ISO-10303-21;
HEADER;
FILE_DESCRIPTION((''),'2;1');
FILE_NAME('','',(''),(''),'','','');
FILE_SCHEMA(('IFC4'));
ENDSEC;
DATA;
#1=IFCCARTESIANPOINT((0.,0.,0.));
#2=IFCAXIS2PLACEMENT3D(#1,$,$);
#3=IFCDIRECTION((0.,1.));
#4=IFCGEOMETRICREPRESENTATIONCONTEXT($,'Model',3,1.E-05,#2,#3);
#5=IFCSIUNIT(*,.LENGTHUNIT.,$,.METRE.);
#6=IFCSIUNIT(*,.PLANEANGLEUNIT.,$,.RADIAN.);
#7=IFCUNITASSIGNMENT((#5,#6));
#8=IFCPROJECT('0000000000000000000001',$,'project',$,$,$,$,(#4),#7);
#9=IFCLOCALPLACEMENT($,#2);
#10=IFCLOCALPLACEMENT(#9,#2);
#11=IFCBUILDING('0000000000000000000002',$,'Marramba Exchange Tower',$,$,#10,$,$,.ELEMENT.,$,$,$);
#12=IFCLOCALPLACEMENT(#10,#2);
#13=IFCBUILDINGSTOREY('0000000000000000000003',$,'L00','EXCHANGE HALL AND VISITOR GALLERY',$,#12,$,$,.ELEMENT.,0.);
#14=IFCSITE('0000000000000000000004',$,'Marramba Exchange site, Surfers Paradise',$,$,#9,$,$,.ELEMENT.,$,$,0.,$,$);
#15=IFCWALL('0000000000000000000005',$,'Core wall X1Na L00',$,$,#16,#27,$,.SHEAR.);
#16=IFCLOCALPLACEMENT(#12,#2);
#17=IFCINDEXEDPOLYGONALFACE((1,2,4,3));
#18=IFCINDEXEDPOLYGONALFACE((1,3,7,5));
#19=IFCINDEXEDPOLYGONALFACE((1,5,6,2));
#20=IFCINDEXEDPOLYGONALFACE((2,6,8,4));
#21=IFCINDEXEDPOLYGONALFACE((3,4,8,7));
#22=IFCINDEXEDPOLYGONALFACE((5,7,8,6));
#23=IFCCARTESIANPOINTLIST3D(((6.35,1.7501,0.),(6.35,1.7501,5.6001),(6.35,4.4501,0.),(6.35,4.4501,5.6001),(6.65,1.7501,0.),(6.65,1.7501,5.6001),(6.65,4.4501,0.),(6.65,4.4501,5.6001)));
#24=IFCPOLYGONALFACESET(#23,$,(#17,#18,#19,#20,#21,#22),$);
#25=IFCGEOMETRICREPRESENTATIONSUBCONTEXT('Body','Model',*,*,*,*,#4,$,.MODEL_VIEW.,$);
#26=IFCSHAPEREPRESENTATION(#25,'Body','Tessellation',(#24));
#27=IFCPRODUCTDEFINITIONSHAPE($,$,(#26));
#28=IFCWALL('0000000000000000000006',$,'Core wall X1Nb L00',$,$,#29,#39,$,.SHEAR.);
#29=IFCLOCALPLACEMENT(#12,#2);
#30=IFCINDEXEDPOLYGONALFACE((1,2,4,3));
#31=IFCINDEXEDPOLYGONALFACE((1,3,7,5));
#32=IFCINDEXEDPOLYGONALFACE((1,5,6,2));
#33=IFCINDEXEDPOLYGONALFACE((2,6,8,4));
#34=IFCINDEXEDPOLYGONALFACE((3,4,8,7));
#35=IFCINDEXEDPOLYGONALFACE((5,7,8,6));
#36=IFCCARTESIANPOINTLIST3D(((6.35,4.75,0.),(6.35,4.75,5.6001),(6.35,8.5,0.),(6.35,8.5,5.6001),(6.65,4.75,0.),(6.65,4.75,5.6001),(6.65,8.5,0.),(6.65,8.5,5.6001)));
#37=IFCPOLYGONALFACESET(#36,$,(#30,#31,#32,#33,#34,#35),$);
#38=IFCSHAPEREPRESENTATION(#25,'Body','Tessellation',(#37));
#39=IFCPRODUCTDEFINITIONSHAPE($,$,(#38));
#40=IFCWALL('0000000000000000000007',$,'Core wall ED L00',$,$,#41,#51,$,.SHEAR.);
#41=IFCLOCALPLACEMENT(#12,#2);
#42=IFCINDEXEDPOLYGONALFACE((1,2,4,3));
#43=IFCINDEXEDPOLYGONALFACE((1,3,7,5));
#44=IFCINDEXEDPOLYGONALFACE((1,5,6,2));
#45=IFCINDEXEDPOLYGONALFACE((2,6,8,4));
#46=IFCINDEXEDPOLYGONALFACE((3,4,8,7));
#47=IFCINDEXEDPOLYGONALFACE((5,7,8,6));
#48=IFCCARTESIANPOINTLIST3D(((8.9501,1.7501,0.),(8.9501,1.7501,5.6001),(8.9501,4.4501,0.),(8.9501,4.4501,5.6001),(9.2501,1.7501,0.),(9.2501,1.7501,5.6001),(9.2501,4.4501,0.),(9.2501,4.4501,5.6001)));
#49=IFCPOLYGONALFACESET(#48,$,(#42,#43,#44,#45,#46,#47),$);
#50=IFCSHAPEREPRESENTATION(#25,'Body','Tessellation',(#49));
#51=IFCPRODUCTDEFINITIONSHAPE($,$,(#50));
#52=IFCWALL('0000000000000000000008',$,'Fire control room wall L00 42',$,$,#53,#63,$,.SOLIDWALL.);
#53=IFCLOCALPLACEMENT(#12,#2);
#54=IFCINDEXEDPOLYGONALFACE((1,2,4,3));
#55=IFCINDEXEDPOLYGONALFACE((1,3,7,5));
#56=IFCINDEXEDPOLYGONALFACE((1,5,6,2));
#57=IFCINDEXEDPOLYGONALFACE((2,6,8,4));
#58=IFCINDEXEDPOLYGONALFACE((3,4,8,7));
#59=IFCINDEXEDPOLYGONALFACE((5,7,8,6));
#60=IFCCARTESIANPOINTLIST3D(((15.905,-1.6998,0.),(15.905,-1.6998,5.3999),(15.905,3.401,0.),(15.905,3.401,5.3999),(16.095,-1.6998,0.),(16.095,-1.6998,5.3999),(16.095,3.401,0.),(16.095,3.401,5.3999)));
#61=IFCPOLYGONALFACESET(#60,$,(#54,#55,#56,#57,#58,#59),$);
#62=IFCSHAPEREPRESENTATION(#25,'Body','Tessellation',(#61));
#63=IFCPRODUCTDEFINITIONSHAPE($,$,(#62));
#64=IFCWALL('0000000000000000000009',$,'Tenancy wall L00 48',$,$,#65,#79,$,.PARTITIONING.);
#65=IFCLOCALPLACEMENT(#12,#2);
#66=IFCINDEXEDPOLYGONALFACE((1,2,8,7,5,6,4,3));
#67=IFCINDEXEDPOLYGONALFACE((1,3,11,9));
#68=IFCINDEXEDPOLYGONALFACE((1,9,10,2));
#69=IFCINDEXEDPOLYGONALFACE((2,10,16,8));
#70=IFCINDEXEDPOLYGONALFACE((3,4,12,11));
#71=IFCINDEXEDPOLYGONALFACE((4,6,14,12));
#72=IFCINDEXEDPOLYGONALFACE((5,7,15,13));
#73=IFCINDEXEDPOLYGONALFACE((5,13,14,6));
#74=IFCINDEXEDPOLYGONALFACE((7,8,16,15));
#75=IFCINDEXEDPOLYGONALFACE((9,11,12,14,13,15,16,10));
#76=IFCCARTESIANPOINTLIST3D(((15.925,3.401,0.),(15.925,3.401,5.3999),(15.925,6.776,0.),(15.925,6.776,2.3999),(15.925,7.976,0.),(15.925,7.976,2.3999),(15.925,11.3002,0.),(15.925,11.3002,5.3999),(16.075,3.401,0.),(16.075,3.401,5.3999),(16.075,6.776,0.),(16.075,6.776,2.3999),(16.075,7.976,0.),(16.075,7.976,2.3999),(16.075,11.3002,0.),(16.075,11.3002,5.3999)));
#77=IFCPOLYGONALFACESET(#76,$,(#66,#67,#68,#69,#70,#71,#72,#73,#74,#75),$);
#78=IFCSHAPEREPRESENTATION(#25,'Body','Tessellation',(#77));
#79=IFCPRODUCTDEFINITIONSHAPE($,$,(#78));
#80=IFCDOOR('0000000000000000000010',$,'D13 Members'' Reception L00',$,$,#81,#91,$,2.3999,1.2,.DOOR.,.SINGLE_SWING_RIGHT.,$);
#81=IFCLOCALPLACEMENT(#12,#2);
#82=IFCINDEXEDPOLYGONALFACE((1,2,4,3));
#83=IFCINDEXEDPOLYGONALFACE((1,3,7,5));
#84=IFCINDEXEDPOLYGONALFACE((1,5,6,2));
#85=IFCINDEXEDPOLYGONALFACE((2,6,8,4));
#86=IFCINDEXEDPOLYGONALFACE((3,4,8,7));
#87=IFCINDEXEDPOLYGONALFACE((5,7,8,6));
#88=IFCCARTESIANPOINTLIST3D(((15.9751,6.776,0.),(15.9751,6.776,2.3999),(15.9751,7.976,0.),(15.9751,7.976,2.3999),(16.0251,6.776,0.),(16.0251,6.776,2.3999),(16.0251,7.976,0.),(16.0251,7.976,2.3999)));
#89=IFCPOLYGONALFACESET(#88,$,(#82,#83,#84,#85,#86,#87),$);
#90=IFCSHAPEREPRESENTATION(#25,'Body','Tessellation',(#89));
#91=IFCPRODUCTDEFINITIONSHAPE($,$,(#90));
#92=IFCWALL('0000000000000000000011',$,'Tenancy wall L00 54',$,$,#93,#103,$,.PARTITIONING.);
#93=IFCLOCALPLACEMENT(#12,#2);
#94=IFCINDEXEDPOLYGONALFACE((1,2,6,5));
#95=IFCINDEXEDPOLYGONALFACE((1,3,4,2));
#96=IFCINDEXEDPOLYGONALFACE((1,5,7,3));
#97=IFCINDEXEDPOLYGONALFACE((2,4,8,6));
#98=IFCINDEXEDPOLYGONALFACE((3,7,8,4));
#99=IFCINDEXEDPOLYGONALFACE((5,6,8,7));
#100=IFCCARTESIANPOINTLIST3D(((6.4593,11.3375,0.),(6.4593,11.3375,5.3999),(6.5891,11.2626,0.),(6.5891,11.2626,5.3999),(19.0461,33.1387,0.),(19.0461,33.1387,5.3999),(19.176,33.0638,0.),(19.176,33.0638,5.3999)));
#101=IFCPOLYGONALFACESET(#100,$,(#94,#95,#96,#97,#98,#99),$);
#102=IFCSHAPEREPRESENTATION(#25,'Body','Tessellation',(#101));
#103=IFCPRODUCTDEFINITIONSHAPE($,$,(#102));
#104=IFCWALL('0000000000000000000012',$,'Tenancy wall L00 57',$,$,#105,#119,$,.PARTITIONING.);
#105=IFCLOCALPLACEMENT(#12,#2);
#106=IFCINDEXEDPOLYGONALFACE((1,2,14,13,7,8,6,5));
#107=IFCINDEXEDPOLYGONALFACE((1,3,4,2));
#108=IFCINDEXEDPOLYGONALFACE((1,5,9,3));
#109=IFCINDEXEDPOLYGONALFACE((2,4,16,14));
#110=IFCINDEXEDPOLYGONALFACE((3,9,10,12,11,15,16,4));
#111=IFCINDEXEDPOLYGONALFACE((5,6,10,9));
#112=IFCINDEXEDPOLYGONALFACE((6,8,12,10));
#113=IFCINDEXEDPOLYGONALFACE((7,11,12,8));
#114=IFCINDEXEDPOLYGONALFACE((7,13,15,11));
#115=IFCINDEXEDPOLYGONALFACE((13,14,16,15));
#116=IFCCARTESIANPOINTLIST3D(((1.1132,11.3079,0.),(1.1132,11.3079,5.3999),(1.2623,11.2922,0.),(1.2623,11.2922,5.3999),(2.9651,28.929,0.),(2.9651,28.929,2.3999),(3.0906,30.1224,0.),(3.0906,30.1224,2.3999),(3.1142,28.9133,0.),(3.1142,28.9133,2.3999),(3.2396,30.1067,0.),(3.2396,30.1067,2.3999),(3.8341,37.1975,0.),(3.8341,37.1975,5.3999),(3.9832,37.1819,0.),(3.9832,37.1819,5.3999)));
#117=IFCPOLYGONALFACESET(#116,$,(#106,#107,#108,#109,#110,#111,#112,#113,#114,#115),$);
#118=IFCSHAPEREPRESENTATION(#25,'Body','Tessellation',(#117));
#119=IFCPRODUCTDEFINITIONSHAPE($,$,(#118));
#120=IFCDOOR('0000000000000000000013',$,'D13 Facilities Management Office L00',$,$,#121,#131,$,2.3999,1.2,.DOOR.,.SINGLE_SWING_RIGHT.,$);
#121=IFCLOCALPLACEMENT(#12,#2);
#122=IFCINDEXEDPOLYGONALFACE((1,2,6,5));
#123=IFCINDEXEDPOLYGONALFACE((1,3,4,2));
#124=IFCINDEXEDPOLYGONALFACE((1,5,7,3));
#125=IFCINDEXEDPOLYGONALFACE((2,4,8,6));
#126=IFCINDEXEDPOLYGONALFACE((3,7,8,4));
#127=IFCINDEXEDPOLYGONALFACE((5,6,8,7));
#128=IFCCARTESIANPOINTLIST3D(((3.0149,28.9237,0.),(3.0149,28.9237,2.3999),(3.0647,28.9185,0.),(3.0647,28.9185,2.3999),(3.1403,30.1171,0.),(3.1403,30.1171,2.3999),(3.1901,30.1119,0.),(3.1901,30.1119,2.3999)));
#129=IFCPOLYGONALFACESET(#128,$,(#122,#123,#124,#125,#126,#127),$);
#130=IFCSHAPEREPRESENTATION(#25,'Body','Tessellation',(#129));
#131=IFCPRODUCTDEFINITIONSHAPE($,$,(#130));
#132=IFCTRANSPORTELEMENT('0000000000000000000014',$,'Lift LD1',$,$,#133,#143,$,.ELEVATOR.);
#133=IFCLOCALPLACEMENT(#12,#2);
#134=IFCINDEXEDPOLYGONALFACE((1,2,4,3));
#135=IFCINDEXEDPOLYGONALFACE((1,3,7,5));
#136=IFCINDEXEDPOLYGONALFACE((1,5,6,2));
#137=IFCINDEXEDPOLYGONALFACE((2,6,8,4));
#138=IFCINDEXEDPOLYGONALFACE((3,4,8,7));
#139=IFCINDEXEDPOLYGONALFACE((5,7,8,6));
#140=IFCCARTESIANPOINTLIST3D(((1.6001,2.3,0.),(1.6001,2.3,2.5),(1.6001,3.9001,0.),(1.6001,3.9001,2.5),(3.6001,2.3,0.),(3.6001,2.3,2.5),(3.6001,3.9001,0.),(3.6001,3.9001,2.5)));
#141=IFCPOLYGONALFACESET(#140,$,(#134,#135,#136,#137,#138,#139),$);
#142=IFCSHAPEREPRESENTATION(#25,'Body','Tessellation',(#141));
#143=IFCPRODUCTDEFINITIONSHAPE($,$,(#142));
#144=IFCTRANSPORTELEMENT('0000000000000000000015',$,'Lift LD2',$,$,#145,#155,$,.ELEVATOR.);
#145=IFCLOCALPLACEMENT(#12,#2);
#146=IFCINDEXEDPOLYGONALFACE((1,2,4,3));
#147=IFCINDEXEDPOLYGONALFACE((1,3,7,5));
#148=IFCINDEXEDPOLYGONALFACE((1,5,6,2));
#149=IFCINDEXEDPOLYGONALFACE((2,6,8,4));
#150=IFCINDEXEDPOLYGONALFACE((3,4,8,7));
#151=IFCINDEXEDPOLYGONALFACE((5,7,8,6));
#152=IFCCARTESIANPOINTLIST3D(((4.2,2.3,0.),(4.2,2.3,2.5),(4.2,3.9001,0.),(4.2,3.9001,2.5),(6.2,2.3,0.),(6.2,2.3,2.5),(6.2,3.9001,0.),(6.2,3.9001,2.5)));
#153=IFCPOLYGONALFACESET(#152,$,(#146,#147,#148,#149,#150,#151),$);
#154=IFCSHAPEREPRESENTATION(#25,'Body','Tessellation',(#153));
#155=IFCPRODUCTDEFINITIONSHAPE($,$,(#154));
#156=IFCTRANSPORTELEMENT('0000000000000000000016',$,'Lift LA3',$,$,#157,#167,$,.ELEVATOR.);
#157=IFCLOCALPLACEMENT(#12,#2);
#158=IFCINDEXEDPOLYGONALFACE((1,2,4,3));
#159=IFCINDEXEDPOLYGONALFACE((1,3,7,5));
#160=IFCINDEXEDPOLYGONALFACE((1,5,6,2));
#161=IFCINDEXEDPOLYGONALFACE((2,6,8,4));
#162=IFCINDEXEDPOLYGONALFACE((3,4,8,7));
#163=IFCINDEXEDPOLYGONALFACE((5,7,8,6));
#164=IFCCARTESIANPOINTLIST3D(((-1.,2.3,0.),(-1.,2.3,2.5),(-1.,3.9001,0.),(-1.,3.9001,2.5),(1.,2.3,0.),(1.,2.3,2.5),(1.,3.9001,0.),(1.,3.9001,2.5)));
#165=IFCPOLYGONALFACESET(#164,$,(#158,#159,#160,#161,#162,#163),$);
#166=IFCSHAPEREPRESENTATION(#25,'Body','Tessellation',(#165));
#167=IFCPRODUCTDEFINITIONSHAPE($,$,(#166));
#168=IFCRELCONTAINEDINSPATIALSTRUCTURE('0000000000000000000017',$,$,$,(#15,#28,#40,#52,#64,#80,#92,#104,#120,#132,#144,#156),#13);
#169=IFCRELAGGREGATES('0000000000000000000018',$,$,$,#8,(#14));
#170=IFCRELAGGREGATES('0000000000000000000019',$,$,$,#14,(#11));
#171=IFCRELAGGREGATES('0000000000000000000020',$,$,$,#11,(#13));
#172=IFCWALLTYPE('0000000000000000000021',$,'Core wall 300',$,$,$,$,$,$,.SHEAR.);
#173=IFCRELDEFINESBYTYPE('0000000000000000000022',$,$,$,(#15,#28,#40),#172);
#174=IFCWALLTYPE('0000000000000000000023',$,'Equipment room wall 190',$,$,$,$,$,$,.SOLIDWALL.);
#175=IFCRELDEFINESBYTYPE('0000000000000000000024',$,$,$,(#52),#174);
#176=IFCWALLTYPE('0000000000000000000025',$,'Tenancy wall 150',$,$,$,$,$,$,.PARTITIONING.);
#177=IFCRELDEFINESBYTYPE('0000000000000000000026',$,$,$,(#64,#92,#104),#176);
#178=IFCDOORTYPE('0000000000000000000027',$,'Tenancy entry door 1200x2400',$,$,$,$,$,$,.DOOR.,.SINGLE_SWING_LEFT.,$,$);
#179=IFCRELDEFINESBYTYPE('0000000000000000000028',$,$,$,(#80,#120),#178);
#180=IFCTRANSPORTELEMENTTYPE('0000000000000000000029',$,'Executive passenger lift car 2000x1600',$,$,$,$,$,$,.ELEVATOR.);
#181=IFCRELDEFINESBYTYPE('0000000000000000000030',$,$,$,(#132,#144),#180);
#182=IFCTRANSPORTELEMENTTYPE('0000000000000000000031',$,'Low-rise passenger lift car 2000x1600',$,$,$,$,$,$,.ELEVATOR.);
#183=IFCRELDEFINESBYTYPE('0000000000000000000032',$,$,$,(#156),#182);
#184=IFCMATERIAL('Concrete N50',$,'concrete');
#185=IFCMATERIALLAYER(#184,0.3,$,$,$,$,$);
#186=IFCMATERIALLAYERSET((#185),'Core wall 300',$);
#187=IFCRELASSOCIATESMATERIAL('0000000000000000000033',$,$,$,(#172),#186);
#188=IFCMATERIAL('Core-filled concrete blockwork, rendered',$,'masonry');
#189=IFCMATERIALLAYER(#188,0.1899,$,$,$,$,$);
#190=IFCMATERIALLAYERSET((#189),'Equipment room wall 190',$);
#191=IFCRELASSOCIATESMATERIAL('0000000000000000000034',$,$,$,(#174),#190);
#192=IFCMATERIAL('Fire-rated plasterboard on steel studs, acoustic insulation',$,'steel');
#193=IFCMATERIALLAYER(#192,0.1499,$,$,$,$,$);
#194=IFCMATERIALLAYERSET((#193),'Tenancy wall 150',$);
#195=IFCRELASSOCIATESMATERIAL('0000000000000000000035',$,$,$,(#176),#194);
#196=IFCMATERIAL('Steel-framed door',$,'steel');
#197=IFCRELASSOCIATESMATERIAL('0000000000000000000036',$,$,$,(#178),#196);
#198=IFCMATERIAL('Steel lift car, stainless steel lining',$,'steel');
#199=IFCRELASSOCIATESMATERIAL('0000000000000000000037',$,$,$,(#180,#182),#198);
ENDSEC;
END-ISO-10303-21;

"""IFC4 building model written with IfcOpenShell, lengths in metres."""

from ifc_helpers import new_model, si_unit, direction, frame, frame_2d, origin, origin_2d, place, context, subcontext, project, spatial, rectangle, extrude, material, layer, layer_set, type_object, element, fill, save


model = new_model("IFC4")

# Units and contexts
model_context = context("Model", 3, precision=1e-05, world=origin(), true_north=direction((0.0, 1.0)))
body_context = subcontext(model_context, "Body", "Model", "MODEL_VIEW")
ifc_project = project(units=[si_unit("LENGTHUNIT", "METRE"), si_unit("PLANEANGLEUNIT", "RADIAN")], contexts=[model_context])

# Site, building, storey
site_placement = place(None, origin())
site = spatial("IfcSite", under=ifc_project, at=site_placement, Name="Marramba Exchange site, Surfers Paradise", CompositionType="ELEMENT", RefElevation=0.0)
building_placement = place(site_placement, origin())
building = spatial("IfcBuilding", under=site, at=building_placement, Name="Marramba Exchange Tower", CompositionType="ELEMENT")
storey_placement = place(building_placement, origin())
storey = spatial("IfcBuildingStorey", under=building, at=storey_placement, Name="L00", Description="EXCHANGE HALL AND VISITOR GALLERY", CompositionType="ELEMENT", Elevation=0.0)

# Shared definitions
ifc_material_1 = material(Name="Concrete N50", Category="concrete")

# Shared definitions
ifc_material_2 = material(Name="Steel-framed door", Category="steel")

# Walls
ifc_layer_1 = layer(ifc_material_1, 0.3)
ifc_layer_set_1 = layer_set([ifc_layer_1], Name="Core wall 300")
wall_type_1 = type_object("IfcWallType", Name="Core wall 300", PredefinedType="SHEAR", material=ifc_layer_set_1)
wall_1_placement = place(storey_placement, frame((6.5, 1.75, 0.0), z_axis=(0.0, 0.0, 1.0), x_axis=(0.0, 1.0, 0.0)))
element("IfcWall", 1, at=wall_1_placement, inside=storey, type_object=wall_type_1, Name="Core wall X1Na L00", PredefinedType="SHEAR", context=body_context, shape_type="SweptSolid", body=[
    extrude(rectangle(XDim=2.7, YDim=0.3, at=frame_2d((1.3501, 0.0))), origin(), (0.0, 0.0, 1.0), 5.6001),
])
wall_2_placement = place(storey_placement, frame((6.5, 4.75, 0.0), z_axis=(0.0, 0.0, 1.0), x_axis=(0.0, 1.0, 0.0)))
element("IfcWall", 2, at=wall_2_placement, inside=storey, type_object=wall_type_1, Name="Core wall X1Nb L00", PredefinedType="SHEAR", context=body_context, shape_type="SweptSolid", body=[
    extrude(rectangle(XDim=3.75, YDim=0.3, at=frame_2d((1.875, 0.0))), origin(), (0.0, 0.0, 1.0), 5.6001),
])
wall_3_placement = place(storey_placement, frame((9.1001, 1.75, 0.0), z_axis=(0.0, 0.0, 1.0), x_axis=(0.0, 1.0, 0.0)))
element("IfcWall", 3, at=wall_3_placement, inside=storey, type_object=wall_type_1, Name="Core wall ED L00", PredefinedType="SHEAR", context=body_context, shape_type="SweptSolid", body=[
    extrude(rectangle(XDim=2.7, YDim=0.3, at=frame_2d((1.3501, 0.0))), origin(), (0.0, 0.0, 1.0), 5.6001),
])
ifc_material_3 = material(Name="Core-filled concrete blockwork, rendered", Category="masonry")
ifc_layer_2 = layer(ifc_material_3, 0.1899)
ifc_layer_set_2 = layer_set([ifc_layer_2], Name="Equipment room wall 190")
wall_type_2 = type_object("IfcWallType", Name="Equipment room wall 190", PredefinedType="SOLIDWALL", material=ifc_layer_set_2)
wall_4_placement = place(storey_placement, frame((16.0, 3.4009, 0.0), z_axis=(0.0, 0.0, 1.0), x_axis=(0.0, -1.0, 0.0)))
element("IfcWall", 4, at=wall_4_placement, inside=storey, type_object=wall_type_2, Name="Fire control room wall L00 42", PredefinedType="SOLIDWALL", context=body_context, shape_type="SweptSolid", body=[
    extrude(rectangle(XDim=5.1008, YDim=0.1899, at=frame_2d((2.5503, 0.0))), origin(), (0.0, 0.0, 1.0), 5.3999),
])

# Wall, opening, door
ifc_material_4 = material(Name="Fire-rated plasterboard on steel studs, acoustic insulation", Category="steel")
ifc_layer_3 = layer(ifc_material_4, 0.1499)
ifc_layer_set_3 = layer_set([ifc_layer_3], Name="Tenancy wall 150")
wall_type_3 = type_object("IfcWallType", Name="Tenancy wall 150", PredefinedType="PARTITIONING", material=ifc_layer_set_3)
wall_5_placement = place(storey_placement, frame((16.0, 3.4009, 0.0), z_axis=(0.0, 0.0, 1.0), x_axis=(0.0, 1.0, 0.0)))
wall_5 = element("IfcWall", 5, at=wall_5_placement, inside=storey, type_object=wall_type_3, Name="Tenancy wall L00 48", PredefinedType="PARTITIONING", context=body_context, shape_type="SweptSolid", body=[
    extrude(rectangle(XDim=7.8992, YDim=0.1499, at=frame_2d((3.9497, 0.0))), origin(), (0.0, 0.0, 1.0), 5.3999),
])
opening_1_placement = place(wall_5_placement, frame((3.375, 0.0, 0.0)))
opening_1 = element("IfcOpeningElement", 6, at=opening_1_placement, cuts=wall_5, PredefinedType="OPENING", context=body_context, shape_type="SweptSolid", body=[
    extrude(rectangle(XDim=1.2, YDim=2.3999, at=frame_2d((0.6001, 1.2))), frame((0.0, 0.085, 0.0), z_axis=(0.0, -1.0, 0.0), x_axis=(1.0, 0.0, 0.0)), (0.0, 0.0, 1.0), 0.1699),
])
door_type_1 = type_object("IfcDoorType", Name="Tenancy entry door 1200x2400", OperationType="SINGLE_SWING_LEFT", PredefinedType="DOOR", material=ifc_material_2)
door_1_placement = place(opening_1_placement, origin())
door_1 = element("IfcDoor", 7, at=door_1_placement, inside=storey, type_object=door_type_1, Name="D13 Members' Reception L00", OperationType="SINGLE_SWING_RIGHT", OverallHeight=2.3999, OverallWidth=1.2, PredefinedType="DOOR", context=body_context, shape_type="SweptSolid", body=[
    extrude(rectangle(XDim=1.2, YDim=2.3999, at=frame_2d((0.6001, 1.2))), frame((0.0, 0.0249, 0.0), z_axis=(0.0, -1.0, 0.0), x_axis=(1.0, 0.0, 0.0)), (0.0, 0.0, 1.0), 0.05),
])
fill(opening_1, door_1)

# Wall
wall_6_placement = place(storey_placement, frame((6.5242, 11.3, 0.0), z_axis=(0.0, 0.0, 1.0), x_axis=(0.499998, 0.866026, 0.0)))
element("IfcWall", 8, at=wall_6_placement, inside=storey, type_object=wall_type_3, Name="Tenancy wall L00 54", PredefinedType="PARTITIONING", context=body_context, shape_type="SweptSolid", body=[
    extrude(rectangle(XDim=25.1738, YDim=0.1499, at=frame_2d((12.5869, 0.0))), origin(), (0.0, 0.0, 1.0), 5.3999),
])

# Wall, opening, door
wall_7_placement = place(storey_placement, frame((1.1877, 11.3, 0.0), z_axis=(0.0, 0.0, 1.0), x_axis=(0.104522, 0.994523, 0.0)))
wall_7 = element("IfcWall", 9, at=wall_7_placement, inside=storey, type_object=wall_type_3, Name="Tenancy wall L00 57", PredefinedType="PARTITIONING", context=body_context, shape_type="SweptSolid", body=[
    extrude(rectangle(XDim=26.0322, YDim=0.1499, at=frame_2d((13.0161, 0.0))), origin(), (0.0, 0.0, 1.0), 5.3999),
])
opening_2_placement = place(wall_7_placement, frame((17.718, 0.0, 0.0)))
opening_2 = element("IfcOpeningElement", 10, at=opening_2_placement, cuts=wall_7, PredefinedType="OPENING", context=body_context, shape_type="SweptSolid", body=[
    extrude(rectangle(XDim=1.2, YDim=2.3999, at=frame_2d((0.6001, 1.2))), frame((0.0, 0.085, 0.0), z_axis=(0.0, -1.0, 0.0), x_axis=(1.0, 0.0, 0.0)), (0.0, 0.0, 1.0), 0.1699),
])
door_2_placement = place(opening_2_placement, origin())
door_2 = element("IfcDoor", 11, at=door_2_placement, inside=storey, type_object=door_type_1, Name="D13 Facilities Management Office L00", OperationType="SINGLE_SWING_RIGHT", OverallHeight=2.3999, OverallWidth=1.2, PredefinedType="DOOR", context=body_context, shape_type="SweptSolid", body=[
    extrude(rectangle(XDim=1.2, YDim=2.3999, at=frame_2d((0.6001, 1.2))), frame((0.0, 0.0249, 0.0), z_axis=(0.0, -1.0, 0.0), x_axis=(1.0, 0.0, 0.0)), (0.0, 0.0, 1.0), 0.05),
])
fill(opening_2, door_2)

# Transport elements
ifc_material_5 = material(Name="Steel lift car, stainless steel lining", Category="steel")
transport_element_type_1 = type_object("IfcTransportElementType", Name="Executive passenger lift car 2000x1600", PredefinedType="ELEVATOR", material=ifc_material_5)
for number, where, z_axis, x_axis, name in (
    (12, (2.6001, 3.1001, 0.0), (0.0, 0.0, 1.0), (1.0, 0.0, 0.0), "Lift LD1"),
    (13, (5.2, 3.1001, 0.0), (0.0, 0.0, 1.0), (1.0, 0.0, 0.0), "Lift LD2"),
):
    element("IfcTransportElement", number, at=place(storey_placement, frame(where, z_axis=z_axis, x_axis=x_axis)), inside=storey, type_object=transport_element_type_1, Name=name, PredefinedType="ELEVATOR", context=body_context, shape_type="SweptSolid", body=[
        extrude(rectangle(XDim=2.0, YDim=1.6001, at=origin_2d()), origin(), (0.0, 0.0, 1.0), 2.5),
    ])
transport_element_type_2 = type_object("IfcTransportElementType", Name="Low-rise passenger lift car 2000x1600", PredefinedType="ELEVATOR", material=ifc_material_5)
transport_element_placement = place(storey_placement, frame((0.0, 3.1001, 0.0), z_axis=(0.0, 0.0, 1.0), x_axis=(1.0, 0.0, 0.0)))
element("IfcTransportElement", 14, at=transport_element_placement, inside=storey, type_object=transport_element_type_2, Name="Lift LA3", PredefinedType="ELEVATOR", context=body_context, shape_type="SweptSolid", body=[
    extrude(rectangle(XDim=2.0, YDim=1.6001, at=origin_2d()), origin(), (0.0, 0.0, 1.0), 2.5),
])

save(model, "model.ifc")
